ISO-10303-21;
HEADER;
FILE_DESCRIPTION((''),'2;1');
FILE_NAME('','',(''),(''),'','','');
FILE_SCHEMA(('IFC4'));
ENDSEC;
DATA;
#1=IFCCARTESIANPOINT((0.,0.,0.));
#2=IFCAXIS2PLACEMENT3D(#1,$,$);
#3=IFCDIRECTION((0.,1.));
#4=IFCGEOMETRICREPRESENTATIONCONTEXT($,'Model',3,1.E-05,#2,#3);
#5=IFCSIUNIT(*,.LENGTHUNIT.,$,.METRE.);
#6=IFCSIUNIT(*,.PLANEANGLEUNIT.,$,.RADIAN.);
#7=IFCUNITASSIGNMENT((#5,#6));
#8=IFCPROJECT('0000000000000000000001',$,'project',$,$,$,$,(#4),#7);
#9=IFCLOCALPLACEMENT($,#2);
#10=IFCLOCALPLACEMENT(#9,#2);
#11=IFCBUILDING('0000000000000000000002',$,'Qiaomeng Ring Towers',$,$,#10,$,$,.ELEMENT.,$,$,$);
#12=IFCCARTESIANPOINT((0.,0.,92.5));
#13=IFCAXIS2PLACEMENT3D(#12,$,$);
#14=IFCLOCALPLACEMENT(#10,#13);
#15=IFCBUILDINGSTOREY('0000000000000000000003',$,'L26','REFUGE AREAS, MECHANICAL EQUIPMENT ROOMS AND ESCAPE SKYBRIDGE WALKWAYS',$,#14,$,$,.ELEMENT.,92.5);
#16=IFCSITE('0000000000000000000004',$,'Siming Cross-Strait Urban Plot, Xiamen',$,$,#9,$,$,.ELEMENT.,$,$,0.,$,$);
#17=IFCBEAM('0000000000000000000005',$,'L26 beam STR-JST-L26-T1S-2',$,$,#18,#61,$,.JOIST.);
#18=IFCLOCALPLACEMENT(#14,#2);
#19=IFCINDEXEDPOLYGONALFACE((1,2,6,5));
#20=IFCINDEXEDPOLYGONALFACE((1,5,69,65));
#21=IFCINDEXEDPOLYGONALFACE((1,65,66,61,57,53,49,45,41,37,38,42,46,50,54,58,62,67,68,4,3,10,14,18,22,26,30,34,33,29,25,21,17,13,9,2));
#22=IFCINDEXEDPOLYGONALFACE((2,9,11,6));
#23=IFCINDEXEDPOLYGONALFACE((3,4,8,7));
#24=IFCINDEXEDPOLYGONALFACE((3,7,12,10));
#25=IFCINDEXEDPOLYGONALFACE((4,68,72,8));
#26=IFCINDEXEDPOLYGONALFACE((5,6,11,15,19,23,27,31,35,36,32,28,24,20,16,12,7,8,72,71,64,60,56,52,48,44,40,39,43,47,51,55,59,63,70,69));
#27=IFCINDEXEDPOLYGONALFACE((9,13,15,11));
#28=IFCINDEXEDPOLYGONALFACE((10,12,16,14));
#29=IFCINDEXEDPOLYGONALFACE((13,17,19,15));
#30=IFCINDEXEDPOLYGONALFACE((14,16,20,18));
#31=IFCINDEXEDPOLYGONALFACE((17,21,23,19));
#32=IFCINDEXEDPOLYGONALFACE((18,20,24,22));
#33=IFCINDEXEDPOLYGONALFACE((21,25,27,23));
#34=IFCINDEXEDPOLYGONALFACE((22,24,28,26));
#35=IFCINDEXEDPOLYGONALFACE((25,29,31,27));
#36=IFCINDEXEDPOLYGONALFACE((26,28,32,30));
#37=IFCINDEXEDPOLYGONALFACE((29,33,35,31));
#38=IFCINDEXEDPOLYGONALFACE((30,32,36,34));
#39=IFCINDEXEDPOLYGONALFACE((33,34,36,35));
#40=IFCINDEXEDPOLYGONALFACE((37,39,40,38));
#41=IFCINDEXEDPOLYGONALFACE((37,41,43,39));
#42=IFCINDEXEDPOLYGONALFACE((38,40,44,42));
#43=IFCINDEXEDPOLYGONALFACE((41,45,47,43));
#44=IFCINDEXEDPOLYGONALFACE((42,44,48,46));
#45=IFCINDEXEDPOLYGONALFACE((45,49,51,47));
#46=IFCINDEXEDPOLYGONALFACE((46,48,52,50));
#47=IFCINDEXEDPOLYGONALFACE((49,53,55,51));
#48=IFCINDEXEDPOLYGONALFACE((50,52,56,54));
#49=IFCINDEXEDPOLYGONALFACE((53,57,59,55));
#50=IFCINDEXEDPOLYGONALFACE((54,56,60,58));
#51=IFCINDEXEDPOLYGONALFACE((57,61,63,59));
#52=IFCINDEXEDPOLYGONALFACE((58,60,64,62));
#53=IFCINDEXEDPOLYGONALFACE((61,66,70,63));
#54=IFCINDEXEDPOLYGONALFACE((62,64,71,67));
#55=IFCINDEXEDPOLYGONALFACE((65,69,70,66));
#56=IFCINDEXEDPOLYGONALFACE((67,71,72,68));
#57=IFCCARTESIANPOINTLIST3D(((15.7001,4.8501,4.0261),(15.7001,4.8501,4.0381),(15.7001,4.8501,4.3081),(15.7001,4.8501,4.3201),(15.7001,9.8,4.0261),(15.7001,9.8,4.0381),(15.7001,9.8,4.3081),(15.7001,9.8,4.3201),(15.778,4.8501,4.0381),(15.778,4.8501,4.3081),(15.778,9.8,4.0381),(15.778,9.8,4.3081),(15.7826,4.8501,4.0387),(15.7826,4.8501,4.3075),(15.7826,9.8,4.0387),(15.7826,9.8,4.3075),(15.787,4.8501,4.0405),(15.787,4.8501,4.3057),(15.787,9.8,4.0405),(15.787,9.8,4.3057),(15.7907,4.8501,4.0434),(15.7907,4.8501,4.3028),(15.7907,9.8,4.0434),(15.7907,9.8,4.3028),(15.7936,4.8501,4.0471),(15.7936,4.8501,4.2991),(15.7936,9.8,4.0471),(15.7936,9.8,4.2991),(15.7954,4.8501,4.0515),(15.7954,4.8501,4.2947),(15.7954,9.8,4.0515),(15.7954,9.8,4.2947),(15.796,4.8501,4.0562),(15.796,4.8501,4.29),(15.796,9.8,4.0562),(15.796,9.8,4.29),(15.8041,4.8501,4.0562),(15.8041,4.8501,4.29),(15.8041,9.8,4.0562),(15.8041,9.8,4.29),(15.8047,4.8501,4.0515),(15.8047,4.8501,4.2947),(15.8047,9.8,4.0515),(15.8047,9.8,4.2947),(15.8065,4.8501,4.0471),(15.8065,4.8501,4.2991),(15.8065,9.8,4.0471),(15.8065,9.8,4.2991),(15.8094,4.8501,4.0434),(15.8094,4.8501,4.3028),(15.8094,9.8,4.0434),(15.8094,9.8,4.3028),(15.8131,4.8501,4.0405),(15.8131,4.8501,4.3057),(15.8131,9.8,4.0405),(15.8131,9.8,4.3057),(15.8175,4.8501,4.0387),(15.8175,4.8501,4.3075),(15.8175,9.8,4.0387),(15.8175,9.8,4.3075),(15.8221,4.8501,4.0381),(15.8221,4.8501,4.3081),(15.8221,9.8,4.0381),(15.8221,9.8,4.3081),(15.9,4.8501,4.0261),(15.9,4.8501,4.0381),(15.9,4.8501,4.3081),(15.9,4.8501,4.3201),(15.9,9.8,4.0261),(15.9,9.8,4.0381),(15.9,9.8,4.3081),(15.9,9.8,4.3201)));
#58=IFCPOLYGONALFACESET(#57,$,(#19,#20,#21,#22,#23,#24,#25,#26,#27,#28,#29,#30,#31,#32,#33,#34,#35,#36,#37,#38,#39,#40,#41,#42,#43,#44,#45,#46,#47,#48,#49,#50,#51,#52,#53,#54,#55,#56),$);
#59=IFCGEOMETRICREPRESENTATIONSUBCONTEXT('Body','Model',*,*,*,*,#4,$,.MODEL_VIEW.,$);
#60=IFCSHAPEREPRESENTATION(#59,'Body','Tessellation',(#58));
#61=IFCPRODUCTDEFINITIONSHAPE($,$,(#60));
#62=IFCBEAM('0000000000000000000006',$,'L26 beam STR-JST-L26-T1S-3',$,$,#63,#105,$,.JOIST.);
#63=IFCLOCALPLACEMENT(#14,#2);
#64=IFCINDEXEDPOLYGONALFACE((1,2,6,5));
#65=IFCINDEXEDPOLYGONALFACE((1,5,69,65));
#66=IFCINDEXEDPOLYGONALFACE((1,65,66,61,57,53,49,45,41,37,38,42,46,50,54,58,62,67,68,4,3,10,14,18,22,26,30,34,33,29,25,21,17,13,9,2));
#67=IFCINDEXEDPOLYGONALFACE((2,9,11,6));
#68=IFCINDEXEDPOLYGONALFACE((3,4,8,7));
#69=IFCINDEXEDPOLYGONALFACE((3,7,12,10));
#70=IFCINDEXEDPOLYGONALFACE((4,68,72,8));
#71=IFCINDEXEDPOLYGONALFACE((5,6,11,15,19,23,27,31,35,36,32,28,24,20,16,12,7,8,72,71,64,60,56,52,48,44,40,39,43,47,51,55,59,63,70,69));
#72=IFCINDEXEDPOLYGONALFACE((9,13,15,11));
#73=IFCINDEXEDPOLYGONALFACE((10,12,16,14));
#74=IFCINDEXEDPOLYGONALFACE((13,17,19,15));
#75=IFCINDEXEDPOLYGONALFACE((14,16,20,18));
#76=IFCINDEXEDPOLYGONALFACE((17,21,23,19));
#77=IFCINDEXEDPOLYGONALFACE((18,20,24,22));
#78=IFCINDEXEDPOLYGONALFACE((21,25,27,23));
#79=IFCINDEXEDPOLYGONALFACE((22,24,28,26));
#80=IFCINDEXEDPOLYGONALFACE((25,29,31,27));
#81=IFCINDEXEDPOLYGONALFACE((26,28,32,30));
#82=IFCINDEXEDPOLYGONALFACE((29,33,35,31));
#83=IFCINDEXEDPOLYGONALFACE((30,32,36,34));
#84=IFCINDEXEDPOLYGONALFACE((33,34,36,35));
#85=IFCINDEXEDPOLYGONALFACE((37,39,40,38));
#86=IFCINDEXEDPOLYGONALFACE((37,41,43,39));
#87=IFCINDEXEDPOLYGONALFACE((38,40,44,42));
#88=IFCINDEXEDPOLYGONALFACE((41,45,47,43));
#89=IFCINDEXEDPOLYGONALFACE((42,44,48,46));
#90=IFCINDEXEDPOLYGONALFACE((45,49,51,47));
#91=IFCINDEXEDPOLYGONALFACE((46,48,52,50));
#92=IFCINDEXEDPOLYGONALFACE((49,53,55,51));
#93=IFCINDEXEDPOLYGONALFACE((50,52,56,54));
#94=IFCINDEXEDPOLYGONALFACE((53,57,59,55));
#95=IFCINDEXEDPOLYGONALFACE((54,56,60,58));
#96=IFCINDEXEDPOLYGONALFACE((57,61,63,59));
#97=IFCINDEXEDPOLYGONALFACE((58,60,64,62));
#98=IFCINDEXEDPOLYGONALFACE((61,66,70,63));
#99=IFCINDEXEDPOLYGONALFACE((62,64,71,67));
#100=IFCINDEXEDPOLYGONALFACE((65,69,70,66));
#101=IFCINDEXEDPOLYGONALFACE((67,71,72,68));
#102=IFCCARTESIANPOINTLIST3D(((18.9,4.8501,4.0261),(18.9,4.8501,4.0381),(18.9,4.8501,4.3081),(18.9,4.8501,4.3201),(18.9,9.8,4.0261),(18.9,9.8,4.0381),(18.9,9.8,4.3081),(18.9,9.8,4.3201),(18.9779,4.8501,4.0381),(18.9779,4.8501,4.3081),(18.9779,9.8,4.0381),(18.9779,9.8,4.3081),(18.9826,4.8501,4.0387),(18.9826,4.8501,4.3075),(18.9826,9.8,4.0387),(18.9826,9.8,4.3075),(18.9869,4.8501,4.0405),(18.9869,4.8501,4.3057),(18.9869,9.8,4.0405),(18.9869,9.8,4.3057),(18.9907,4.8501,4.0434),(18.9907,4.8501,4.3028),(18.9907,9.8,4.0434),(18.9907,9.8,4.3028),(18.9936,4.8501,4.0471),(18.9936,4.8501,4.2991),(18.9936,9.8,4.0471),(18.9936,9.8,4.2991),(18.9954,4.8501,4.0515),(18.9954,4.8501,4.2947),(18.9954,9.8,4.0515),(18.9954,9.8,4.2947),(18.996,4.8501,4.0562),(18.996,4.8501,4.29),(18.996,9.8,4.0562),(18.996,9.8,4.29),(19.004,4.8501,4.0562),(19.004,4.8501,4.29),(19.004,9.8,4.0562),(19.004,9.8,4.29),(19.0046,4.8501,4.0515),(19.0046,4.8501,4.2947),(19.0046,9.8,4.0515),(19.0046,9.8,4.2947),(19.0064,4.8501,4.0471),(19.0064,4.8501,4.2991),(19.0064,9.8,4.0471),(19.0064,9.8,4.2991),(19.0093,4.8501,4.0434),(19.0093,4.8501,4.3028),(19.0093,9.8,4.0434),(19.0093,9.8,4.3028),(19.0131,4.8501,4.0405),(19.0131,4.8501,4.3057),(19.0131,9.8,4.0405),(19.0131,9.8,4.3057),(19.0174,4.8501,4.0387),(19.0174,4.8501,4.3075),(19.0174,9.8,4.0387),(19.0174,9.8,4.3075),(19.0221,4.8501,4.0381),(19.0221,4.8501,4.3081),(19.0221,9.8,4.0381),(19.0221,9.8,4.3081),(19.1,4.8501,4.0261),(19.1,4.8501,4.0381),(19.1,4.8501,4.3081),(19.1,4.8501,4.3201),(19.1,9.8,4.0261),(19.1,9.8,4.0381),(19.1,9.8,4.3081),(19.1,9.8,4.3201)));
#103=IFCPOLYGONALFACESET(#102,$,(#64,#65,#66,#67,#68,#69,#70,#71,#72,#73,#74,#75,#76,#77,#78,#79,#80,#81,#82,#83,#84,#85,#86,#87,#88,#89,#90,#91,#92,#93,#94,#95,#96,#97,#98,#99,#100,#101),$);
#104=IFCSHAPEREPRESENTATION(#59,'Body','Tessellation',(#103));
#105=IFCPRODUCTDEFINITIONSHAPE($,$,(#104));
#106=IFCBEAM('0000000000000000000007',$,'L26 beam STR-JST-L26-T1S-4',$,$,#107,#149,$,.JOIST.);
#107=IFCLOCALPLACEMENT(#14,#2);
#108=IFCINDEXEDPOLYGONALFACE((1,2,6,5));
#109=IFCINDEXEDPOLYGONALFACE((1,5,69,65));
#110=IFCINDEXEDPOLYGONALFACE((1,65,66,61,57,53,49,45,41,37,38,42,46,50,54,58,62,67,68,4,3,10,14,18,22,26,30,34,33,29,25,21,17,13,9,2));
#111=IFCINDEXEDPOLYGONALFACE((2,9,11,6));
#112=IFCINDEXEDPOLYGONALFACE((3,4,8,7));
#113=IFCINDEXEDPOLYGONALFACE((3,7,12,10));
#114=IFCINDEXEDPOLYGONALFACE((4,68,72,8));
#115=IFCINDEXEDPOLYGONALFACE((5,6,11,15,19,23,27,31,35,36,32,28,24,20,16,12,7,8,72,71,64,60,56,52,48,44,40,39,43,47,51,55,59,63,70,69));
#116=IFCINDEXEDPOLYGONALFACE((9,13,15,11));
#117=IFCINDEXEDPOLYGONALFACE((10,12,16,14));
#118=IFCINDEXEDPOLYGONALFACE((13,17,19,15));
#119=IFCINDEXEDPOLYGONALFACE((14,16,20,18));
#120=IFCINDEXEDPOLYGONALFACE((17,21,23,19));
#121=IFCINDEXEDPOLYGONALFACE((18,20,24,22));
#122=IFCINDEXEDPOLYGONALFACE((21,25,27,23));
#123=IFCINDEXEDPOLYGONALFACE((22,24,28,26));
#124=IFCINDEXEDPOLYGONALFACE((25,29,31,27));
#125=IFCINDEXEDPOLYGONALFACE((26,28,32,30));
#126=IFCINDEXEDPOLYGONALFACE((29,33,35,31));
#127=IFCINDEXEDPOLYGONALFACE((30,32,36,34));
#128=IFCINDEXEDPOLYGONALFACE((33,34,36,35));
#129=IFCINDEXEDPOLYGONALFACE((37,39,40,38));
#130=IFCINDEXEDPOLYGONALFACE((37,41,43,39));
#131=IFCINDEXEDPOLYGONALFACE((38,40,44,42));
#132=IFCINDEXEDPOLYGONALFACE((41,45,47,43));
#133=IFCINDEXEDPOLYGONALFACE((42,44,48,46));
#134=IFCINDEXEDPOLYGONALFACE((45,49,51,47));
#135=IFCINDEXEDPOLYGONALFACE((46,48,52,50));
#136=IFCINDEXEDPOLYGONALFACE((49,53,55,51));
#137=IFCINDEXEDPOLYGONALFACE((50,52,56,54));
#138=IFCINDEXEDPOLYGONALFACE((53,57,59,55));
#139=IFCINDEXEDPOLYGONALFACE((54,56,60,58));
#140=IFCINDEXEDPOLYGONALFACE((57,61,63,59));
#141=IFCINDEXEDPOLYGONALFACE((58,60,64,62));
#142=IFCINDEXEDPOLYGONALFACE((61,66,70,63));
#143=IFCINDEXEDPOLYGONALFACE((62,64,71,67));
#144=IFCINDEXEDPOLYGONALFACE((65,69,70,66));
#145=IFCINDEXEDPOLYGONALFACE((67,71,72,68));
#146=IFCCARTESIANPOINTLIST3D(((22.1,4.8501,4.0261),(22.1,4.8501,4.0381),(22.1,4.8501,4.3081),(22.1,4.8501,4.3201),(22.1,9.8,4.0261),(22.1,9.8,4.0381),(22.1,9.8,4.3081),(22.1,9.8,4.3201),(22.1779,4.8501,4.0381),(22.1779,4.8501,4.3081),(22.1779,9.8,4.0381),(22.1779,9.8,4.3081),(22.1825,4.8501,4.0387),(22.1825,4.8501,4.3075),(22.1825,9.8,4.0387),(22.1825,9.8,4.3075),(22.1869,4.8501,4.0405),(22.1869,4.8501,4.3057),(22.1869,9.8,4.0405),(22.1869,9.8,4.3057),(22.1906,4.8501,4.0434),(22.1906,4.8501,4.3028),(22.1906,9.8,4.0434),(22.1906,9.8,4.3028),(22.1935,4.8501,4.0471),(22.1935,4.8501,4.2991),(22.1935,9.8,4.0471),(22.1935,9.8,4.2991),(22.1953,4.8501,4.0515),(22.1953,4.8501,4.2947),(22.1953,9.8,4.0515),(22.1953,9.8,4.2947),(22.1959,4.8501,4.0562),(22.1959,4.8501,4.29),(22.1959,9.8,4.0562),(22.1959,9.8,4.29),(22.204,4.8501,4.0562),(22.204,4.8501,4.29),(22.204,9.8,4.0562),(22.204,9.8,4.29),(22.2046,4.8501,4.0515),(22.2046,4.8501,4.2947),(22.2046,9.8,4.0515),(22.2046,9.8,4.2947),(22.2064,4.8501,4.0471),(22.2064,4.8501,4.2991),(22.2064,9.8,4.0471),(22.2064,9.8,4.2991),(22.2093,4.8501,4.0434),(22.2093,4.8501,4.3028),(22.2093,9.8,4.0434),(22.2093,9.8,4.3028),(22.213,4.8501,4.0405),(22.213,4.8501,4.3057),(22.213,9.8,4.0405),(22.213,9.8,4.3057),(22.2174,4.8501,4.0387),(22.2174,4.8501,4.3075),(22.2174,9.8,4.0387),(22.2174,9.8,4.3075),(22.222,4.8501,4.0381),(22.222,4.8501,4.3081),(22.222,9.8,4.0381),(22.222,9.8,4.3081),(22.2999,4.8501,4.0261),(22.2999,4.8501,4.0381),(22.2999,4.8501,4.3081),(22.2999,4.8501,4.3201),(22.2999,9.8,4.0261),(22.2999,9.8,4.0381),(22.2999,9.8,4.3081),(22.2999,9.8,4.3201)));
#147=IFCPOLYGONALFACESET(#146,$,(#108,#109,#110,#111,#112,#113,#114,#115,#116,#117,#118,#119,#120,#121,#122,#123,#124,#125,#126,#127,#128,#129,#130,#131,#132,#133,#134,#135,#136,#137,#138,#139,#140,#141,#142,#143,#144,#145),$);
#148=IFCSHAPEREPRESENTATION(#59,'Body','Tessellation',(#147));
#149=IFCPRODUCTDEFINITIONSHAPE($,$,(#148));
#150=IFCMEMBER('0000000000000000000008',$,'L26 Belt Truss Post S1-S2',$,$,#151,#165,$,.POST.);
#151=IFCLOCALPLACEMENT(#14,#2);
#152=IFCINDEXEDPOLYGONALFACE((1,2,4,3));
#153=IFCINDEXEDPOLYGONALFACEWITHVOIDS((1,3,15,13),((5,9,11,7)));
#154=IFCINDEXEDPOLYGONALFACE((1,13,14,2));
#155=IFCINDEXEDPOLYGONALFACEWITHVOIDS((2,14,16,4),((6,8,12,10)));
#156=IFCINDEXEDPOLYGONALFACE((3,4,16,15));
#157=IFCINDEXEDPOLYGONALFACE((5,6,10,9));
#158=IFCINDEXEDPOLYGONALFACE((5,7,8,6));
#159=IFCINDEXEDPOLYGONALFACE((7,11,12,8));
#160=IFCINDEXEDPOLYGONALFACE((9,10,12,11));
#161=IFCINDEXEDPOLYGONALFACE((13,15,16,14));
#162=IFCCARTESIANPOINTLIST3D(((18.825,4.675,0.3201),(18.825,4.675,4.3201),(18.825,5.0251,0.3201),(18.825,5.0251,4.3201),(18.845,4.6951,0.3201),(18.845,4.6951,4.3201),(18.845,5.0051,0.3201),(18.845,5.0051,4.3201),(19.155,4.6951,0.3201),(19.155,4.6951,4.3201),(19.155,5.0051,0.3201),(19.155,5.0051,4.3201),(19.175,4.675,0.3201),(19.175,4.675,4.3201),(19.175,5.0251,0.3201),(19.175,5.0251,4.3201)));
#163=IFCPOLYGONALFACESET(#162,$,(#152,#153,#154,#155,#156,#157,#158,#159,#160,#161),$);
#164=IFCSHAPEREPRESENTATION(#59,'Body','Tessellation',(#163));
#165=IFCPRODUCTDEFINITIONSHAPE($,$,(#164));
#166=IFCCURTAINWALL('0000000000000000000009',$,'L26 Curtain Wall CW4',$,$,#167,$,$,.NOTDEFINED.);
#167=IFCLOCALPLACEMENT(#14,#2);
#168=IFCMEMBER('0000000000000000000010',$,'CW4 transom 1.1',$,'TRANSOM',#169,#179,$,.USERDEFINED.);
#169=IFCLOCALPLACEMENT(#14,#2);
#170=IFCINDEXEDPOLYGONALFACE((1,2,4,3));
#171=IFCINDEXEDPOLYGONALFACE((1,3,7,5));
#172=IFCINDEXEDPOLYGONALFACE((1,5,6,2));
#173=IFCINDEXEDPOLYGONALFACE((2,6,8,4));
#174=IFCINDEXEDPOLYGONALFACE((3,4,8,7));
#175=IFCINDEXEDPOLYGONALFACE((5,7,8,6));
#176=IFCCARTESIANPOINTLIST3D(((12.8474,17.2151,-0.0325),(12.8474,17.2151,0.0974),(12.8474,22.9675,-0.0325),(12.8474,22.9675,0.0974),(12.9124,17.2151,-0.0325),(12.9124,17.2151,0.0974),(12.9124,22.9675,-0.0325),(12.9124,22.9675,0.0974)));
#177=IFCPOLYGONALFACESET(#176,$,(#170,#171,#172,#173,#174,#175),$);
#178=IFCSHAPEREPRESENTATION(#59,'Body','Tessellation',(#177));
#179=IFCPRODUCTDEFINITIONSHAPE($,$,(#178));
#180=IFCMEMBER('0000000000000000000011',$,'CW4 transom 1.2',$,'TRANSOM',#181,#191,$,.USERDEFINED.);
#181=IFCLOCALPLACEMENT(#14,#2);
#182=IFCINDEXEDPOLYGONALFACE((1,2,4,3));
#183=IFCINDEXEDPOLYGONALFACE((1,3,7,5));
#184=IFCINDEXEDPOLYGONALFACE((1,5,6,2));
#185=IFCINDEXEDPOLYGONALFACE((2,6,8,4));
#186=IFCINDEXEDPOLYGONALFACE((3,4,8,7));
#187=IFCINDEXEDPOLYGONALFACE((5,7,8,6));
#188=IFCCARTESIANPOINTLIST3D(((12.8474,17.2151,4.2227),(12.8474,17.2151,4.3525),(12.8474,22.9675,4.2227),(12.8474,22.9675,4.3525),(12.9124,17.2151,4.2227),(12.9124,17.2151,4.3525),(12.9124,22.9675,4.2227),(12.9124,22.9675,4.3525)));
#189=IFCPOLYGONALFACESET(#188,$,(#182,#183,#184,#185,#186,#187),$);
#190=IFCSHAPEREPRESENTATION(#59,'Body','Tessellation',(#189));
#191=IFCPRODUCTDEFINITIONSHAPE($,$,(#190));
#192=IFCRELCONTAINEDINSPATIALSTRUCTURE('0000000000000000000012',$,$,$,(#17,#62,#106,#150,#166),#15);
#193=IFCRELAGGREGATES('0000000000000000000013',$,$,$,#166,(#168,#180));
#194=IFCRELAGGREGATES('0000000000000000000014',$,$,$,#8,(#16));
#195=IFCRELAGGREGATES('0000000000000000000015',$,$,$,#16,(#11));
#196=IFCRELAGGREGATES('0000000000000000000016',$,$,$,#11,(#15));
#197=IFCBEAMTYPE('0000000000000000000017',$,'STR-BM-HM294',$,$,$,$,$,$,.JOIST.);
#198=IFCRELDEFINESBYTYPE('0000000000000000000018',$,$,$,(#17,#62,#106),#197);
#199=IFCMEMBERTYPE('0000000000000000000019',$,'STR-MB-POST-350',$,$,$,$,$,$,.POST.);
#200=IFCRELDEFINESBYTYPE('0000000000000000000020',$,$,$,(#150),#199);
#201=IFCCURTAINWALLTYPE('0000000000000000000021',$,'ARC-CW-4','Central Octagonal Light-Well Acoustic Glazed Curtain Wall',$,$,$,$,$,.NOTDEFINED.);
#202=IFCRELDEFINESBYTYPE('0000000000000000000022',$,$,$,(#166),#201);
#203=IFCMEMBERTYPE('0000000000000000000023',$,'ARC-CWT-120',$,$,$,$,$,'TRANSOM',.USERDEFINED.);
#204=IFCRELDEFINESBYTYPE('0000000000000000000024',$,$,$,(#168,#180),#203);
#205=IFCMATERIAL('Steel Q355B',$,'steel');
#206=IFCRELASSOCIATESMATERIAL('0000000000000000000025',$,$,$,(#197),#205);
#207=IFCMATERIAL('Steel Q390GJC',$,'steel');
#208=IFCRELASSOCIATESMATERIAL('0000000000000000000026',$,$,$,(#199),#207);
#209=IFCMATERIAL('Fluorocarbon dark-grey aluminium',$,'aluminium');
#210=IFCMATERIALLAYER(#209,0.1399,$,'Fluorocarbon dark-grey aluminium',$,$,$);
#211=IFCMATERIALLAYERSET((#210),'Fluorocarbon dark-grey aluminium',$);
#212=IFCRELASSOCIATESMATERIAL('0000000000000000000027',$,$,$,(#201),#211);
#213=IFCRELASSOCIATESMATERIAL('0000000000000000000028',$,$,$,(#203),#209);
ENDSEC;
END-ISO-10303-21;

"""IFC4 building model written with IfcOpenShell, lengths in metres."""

from ifc_helpers import new_model, si_unit, direction, frame, origin, origin_2d, place, context, subcontext, project, spatial, rectangle, hollow_rectangle, i_section, extrude, source, transform, mapped, material, layer, layer_set, material_profile, profile_set, type_object, element, aggregate, save


model = new_model("IFC4")

# Units and contexts
model_context = context("Model", 3, precision=1e-05, world=origin(), true_north=direction((0.0, 1.0)))
body_context = subcontext(model_context, "Body", "Model", "MODEL_VIEW")
ifc_project = project(units=[si_unit("LENGTHUNIT", "METRE"), si_unit("PLANEANGLEUNIT", "RADIAN")], contexts=[model_context])

# Site, building, storey
site_placement = place(None, origin())
site = spatial("IfcSite", under=ifc_project, at=site_placement, Name="Siming Cross-Strait Urban Plot, Xiamen", CompositionType="ELEMENT", RefElevation=0.0)
building_placement = place(site_placement, origin())
building = spatial("IfcBuilding", under=site, at=building_placement, Name="Qiaomeng Ring Towers", CompositionType="ELEMENT")
storey_placement = place(building_placement, frame((0.0, 0.0, 92.5)))
storey = spatial("IfcBuildingStorey", under=building, at=storey_placement, Name="L26", Description="REFUGE AREAS, MECHANICAL EQUIPMENT ROOMS AND ESCAPE SKYBRIDGE WALKWAYS", CompositionType="ELEMENT", Elevation=92.5)

# Beams
ifc_material_1 = material(Name="Steel Q355B", Category="steel")
ifc_material_profile_1 = material_profile(ifc_material_1, i_section(OverallWidth=0.2, OverallDepth=0.2939, WebThickness=0.0081, FlangeThickness=0.012, FilletRadius=0.0181, at=origin_2d()), Name="HM 294x200x8x12")
ifc_profile_set_1 = profile_set([ifc_material_profile_1], Name="Steel Q355B")
beam_type = type_object("IfcBeamType", Name="STR-BM-HM294", PredefinedType="JOIST", material=ifc_profile_set_1)
shared_shape_1 = source(origin(), body_context, "Body", "SweptSolid", [
    extrude(i_section(OverallWidth=0.2, OverallDepth=0.2939, WebThickness=0.0081, FlangeThickness=0.012, FilletRadius=0.0181, at=origin_2d()), origin(), (0.0, 0.0, 1.0), 4.95),
])
for number, where, z_axis, x_axis, name in (
    (1, (15.8, 4.8501, 4.1731), (0.0, 1.0, 0.0), (-1.0, 0.0, 0.0), "L26 beam STR-JST-L26-T1S-2"),
    (2, (19.0, 4.8501, 4.1731), (0.0, 1.0, 0.0), (-1.0, 0.0, 0.0), "L26 beam STR-JST-L26-T1S-3"),
    (3, (22.2, 4.8501, 4.1731), (0.0, 1.0, 0.0), (-1.0, 0.0, 0.0), "L26 beam STR-JST-L26-T1S-4"),
):
    element("IfcBeam", number, at=place(storey_placement, frame(where, z_axis=z_axis, x_axis=x_axis)), inside=storey, type_object=beam_type, Name=name, PredefinedType="JOIST", context=body_context, shape_type="MappedRepresentation", body=[
        mapped(shared_shape_1, transform((0.0, 0.0, 0.0), x_axis=(1.0, 0.0, 0.0), y_axis=(0.0, 1.0, 0.0), z_axis=(0.0, 0.0, 1.0), scale=1.0)),
    ])

# Member
ifc_material_2 = material(Name="Steel Q390GJC", Category="steel")
ifc_material_profile_2 = material_profile(ifc_material_2, hollow_rectangle(XDim=0.3501, YDim=0.3501, WallThickness=0.02, at=origin_2d()), Name="SHS 350x350x20")
ifc_profile_set_2 = profile_set([ifc_material_profile_2], Name="Steel Q390GJC")
member_type_1 = type_object("IfcMemberType", Name="STR-MB-POST-350", PredefinedType="POST", material=ifc_profile_set_2)
shared_shape_2 = source(origin(), body_context, "Body", "SweptSolid", [
    extrude(hollow_rectangle(XDim=0.3501, YDim=0.3501, WallThickness=0.02, at=origin_2d()), origin(), (0.0, 0.0, 1.0), 4.0),
])
member_1_placement = place(storey_placement, frame((19.0, 4.8501, 0.3201), z_axis=(0.0, 0.0, 1.0), x_axis=(1.0, 0.0, 0.0)))
element("IfcMember", 4, at=member_1_placement, inside=storey, type_object=member_type_1, Name="L26 Belt Truss Post S1-S2", PredefinedType="POST", context=body_context, shape_type="MappedRepresentation", body=[
    mapped(shared_shape_2, transform((0.0, 0.0, 0.0), x_axis=(1.0, 0.0, 0.0), y_axis=(0.0, 1.0, 0.0), z_axis=(0.0, 0.0, 1.0), scale=1.0)),
])

# Curtain wall, members
ifc_material_3 = material(Name="Fluorocarbon dark-grey aluminium", Category="aluminium")
ifc_layer_1 = layer(ifc_material_3, 0.1399, Name="Fluorocarbon dark-grey aluminium")
ifc_layer_set_1 = layer_set([ifc_layer_1], Name="Fluorocarbon dark-grey aluminium")
curtain_wall_type = type_object("IfcCurtainWallType", Name="ARC-CW-4", Description="Central Octagonal Light-Well Acoustic Glazed Curtain Wall", PredefinedType="NOTDEFINED", material=ifc_layer_set_1)
curtain_wall_placement = place(storey_placement, origin())
curtain_wall = element("IfcCurtainWall", 5, at=curtain_wall_placement, inside=storey, type_object=curtain_wall_type, Name="L26 Curtain Wall CW4", PredefinedType="NOTDEFINED")
ifc_material_profile_3 = material_profile(ifc_material_3, rectangle(XDim=0.0649, YDim=0.1299, at=origin_2d()), Name="ALU TRAN 65x130")
ifc_profile_set_3 = profile_set([ifc_material_profile_3], Name="Fluorocarbon dark-grey aluminium")
member_type_2 = type_object("IfcMemberType", Name="ARC-CWT-120", ElementType="TRANSOM", PredefinedType="USERDEFINED", material=ifc_profile_set_3)
shared_shape_3 = source(origin(), body_context, "Body", "SweptSolid", [
    extrude(rectangle(XDim=0.0649, YDim=0.1299, at=origin_2d()), origin(), (0.0, 0.0, 1.0), 5.7524),
])
member_2_placement = place(storey_placement, frame((12.8799, 17.2151, 0.0325), z_axis=(0.0, 1.0, 0.0), x_axis=(-1.0, 0.0, 0.0)))
member_2 = element("IfcMember", 6, at=member_2_placement, type_object=member_type_2, Name="CW4 transom 1.1", ObjectType="TRANSOM", PredefinedType="USERDEFINED", context=body_context, shape_type="MappedRepresentation", body=[
    mapped(shared_shape_3, transform((0.0, 0.0, 0.0), x_axis=(1.0, 0.0, 0.0), y_axis=(0.0, 1.0, 0.0), z_axis=(0.0, 0.0, 1.0), scale=1.0)),
])
member_3_placement = place(storey_placement, frame((12.8799, 17.2151, 4.2876), z_axis=(0.0, 1.0, 0.0), x_axis=(-1.0, 0.0, 0.0)))
member_3 = element("IfcMember", 7, at=member_3_placement, type_object=member_type_2, Name="CW4 transom 1.2", ObjectType="TRANSOM", PredefinedType="USERDEFINED", context=body_context, shape_type="MappedRepresentation", body=[
    mapped(shared_shape_3, transform((0.0, 0.0, 0.0), x_axis=(1.0, 0.0, 0.0), y_axis=(0.0, 1.0, 0.0), z_axis=(0.0, 0.0, 1.0), scale=1.0)),
])
aggregate(curtain_wall, [member_2, member_3])

save(model, "model.ifc")
